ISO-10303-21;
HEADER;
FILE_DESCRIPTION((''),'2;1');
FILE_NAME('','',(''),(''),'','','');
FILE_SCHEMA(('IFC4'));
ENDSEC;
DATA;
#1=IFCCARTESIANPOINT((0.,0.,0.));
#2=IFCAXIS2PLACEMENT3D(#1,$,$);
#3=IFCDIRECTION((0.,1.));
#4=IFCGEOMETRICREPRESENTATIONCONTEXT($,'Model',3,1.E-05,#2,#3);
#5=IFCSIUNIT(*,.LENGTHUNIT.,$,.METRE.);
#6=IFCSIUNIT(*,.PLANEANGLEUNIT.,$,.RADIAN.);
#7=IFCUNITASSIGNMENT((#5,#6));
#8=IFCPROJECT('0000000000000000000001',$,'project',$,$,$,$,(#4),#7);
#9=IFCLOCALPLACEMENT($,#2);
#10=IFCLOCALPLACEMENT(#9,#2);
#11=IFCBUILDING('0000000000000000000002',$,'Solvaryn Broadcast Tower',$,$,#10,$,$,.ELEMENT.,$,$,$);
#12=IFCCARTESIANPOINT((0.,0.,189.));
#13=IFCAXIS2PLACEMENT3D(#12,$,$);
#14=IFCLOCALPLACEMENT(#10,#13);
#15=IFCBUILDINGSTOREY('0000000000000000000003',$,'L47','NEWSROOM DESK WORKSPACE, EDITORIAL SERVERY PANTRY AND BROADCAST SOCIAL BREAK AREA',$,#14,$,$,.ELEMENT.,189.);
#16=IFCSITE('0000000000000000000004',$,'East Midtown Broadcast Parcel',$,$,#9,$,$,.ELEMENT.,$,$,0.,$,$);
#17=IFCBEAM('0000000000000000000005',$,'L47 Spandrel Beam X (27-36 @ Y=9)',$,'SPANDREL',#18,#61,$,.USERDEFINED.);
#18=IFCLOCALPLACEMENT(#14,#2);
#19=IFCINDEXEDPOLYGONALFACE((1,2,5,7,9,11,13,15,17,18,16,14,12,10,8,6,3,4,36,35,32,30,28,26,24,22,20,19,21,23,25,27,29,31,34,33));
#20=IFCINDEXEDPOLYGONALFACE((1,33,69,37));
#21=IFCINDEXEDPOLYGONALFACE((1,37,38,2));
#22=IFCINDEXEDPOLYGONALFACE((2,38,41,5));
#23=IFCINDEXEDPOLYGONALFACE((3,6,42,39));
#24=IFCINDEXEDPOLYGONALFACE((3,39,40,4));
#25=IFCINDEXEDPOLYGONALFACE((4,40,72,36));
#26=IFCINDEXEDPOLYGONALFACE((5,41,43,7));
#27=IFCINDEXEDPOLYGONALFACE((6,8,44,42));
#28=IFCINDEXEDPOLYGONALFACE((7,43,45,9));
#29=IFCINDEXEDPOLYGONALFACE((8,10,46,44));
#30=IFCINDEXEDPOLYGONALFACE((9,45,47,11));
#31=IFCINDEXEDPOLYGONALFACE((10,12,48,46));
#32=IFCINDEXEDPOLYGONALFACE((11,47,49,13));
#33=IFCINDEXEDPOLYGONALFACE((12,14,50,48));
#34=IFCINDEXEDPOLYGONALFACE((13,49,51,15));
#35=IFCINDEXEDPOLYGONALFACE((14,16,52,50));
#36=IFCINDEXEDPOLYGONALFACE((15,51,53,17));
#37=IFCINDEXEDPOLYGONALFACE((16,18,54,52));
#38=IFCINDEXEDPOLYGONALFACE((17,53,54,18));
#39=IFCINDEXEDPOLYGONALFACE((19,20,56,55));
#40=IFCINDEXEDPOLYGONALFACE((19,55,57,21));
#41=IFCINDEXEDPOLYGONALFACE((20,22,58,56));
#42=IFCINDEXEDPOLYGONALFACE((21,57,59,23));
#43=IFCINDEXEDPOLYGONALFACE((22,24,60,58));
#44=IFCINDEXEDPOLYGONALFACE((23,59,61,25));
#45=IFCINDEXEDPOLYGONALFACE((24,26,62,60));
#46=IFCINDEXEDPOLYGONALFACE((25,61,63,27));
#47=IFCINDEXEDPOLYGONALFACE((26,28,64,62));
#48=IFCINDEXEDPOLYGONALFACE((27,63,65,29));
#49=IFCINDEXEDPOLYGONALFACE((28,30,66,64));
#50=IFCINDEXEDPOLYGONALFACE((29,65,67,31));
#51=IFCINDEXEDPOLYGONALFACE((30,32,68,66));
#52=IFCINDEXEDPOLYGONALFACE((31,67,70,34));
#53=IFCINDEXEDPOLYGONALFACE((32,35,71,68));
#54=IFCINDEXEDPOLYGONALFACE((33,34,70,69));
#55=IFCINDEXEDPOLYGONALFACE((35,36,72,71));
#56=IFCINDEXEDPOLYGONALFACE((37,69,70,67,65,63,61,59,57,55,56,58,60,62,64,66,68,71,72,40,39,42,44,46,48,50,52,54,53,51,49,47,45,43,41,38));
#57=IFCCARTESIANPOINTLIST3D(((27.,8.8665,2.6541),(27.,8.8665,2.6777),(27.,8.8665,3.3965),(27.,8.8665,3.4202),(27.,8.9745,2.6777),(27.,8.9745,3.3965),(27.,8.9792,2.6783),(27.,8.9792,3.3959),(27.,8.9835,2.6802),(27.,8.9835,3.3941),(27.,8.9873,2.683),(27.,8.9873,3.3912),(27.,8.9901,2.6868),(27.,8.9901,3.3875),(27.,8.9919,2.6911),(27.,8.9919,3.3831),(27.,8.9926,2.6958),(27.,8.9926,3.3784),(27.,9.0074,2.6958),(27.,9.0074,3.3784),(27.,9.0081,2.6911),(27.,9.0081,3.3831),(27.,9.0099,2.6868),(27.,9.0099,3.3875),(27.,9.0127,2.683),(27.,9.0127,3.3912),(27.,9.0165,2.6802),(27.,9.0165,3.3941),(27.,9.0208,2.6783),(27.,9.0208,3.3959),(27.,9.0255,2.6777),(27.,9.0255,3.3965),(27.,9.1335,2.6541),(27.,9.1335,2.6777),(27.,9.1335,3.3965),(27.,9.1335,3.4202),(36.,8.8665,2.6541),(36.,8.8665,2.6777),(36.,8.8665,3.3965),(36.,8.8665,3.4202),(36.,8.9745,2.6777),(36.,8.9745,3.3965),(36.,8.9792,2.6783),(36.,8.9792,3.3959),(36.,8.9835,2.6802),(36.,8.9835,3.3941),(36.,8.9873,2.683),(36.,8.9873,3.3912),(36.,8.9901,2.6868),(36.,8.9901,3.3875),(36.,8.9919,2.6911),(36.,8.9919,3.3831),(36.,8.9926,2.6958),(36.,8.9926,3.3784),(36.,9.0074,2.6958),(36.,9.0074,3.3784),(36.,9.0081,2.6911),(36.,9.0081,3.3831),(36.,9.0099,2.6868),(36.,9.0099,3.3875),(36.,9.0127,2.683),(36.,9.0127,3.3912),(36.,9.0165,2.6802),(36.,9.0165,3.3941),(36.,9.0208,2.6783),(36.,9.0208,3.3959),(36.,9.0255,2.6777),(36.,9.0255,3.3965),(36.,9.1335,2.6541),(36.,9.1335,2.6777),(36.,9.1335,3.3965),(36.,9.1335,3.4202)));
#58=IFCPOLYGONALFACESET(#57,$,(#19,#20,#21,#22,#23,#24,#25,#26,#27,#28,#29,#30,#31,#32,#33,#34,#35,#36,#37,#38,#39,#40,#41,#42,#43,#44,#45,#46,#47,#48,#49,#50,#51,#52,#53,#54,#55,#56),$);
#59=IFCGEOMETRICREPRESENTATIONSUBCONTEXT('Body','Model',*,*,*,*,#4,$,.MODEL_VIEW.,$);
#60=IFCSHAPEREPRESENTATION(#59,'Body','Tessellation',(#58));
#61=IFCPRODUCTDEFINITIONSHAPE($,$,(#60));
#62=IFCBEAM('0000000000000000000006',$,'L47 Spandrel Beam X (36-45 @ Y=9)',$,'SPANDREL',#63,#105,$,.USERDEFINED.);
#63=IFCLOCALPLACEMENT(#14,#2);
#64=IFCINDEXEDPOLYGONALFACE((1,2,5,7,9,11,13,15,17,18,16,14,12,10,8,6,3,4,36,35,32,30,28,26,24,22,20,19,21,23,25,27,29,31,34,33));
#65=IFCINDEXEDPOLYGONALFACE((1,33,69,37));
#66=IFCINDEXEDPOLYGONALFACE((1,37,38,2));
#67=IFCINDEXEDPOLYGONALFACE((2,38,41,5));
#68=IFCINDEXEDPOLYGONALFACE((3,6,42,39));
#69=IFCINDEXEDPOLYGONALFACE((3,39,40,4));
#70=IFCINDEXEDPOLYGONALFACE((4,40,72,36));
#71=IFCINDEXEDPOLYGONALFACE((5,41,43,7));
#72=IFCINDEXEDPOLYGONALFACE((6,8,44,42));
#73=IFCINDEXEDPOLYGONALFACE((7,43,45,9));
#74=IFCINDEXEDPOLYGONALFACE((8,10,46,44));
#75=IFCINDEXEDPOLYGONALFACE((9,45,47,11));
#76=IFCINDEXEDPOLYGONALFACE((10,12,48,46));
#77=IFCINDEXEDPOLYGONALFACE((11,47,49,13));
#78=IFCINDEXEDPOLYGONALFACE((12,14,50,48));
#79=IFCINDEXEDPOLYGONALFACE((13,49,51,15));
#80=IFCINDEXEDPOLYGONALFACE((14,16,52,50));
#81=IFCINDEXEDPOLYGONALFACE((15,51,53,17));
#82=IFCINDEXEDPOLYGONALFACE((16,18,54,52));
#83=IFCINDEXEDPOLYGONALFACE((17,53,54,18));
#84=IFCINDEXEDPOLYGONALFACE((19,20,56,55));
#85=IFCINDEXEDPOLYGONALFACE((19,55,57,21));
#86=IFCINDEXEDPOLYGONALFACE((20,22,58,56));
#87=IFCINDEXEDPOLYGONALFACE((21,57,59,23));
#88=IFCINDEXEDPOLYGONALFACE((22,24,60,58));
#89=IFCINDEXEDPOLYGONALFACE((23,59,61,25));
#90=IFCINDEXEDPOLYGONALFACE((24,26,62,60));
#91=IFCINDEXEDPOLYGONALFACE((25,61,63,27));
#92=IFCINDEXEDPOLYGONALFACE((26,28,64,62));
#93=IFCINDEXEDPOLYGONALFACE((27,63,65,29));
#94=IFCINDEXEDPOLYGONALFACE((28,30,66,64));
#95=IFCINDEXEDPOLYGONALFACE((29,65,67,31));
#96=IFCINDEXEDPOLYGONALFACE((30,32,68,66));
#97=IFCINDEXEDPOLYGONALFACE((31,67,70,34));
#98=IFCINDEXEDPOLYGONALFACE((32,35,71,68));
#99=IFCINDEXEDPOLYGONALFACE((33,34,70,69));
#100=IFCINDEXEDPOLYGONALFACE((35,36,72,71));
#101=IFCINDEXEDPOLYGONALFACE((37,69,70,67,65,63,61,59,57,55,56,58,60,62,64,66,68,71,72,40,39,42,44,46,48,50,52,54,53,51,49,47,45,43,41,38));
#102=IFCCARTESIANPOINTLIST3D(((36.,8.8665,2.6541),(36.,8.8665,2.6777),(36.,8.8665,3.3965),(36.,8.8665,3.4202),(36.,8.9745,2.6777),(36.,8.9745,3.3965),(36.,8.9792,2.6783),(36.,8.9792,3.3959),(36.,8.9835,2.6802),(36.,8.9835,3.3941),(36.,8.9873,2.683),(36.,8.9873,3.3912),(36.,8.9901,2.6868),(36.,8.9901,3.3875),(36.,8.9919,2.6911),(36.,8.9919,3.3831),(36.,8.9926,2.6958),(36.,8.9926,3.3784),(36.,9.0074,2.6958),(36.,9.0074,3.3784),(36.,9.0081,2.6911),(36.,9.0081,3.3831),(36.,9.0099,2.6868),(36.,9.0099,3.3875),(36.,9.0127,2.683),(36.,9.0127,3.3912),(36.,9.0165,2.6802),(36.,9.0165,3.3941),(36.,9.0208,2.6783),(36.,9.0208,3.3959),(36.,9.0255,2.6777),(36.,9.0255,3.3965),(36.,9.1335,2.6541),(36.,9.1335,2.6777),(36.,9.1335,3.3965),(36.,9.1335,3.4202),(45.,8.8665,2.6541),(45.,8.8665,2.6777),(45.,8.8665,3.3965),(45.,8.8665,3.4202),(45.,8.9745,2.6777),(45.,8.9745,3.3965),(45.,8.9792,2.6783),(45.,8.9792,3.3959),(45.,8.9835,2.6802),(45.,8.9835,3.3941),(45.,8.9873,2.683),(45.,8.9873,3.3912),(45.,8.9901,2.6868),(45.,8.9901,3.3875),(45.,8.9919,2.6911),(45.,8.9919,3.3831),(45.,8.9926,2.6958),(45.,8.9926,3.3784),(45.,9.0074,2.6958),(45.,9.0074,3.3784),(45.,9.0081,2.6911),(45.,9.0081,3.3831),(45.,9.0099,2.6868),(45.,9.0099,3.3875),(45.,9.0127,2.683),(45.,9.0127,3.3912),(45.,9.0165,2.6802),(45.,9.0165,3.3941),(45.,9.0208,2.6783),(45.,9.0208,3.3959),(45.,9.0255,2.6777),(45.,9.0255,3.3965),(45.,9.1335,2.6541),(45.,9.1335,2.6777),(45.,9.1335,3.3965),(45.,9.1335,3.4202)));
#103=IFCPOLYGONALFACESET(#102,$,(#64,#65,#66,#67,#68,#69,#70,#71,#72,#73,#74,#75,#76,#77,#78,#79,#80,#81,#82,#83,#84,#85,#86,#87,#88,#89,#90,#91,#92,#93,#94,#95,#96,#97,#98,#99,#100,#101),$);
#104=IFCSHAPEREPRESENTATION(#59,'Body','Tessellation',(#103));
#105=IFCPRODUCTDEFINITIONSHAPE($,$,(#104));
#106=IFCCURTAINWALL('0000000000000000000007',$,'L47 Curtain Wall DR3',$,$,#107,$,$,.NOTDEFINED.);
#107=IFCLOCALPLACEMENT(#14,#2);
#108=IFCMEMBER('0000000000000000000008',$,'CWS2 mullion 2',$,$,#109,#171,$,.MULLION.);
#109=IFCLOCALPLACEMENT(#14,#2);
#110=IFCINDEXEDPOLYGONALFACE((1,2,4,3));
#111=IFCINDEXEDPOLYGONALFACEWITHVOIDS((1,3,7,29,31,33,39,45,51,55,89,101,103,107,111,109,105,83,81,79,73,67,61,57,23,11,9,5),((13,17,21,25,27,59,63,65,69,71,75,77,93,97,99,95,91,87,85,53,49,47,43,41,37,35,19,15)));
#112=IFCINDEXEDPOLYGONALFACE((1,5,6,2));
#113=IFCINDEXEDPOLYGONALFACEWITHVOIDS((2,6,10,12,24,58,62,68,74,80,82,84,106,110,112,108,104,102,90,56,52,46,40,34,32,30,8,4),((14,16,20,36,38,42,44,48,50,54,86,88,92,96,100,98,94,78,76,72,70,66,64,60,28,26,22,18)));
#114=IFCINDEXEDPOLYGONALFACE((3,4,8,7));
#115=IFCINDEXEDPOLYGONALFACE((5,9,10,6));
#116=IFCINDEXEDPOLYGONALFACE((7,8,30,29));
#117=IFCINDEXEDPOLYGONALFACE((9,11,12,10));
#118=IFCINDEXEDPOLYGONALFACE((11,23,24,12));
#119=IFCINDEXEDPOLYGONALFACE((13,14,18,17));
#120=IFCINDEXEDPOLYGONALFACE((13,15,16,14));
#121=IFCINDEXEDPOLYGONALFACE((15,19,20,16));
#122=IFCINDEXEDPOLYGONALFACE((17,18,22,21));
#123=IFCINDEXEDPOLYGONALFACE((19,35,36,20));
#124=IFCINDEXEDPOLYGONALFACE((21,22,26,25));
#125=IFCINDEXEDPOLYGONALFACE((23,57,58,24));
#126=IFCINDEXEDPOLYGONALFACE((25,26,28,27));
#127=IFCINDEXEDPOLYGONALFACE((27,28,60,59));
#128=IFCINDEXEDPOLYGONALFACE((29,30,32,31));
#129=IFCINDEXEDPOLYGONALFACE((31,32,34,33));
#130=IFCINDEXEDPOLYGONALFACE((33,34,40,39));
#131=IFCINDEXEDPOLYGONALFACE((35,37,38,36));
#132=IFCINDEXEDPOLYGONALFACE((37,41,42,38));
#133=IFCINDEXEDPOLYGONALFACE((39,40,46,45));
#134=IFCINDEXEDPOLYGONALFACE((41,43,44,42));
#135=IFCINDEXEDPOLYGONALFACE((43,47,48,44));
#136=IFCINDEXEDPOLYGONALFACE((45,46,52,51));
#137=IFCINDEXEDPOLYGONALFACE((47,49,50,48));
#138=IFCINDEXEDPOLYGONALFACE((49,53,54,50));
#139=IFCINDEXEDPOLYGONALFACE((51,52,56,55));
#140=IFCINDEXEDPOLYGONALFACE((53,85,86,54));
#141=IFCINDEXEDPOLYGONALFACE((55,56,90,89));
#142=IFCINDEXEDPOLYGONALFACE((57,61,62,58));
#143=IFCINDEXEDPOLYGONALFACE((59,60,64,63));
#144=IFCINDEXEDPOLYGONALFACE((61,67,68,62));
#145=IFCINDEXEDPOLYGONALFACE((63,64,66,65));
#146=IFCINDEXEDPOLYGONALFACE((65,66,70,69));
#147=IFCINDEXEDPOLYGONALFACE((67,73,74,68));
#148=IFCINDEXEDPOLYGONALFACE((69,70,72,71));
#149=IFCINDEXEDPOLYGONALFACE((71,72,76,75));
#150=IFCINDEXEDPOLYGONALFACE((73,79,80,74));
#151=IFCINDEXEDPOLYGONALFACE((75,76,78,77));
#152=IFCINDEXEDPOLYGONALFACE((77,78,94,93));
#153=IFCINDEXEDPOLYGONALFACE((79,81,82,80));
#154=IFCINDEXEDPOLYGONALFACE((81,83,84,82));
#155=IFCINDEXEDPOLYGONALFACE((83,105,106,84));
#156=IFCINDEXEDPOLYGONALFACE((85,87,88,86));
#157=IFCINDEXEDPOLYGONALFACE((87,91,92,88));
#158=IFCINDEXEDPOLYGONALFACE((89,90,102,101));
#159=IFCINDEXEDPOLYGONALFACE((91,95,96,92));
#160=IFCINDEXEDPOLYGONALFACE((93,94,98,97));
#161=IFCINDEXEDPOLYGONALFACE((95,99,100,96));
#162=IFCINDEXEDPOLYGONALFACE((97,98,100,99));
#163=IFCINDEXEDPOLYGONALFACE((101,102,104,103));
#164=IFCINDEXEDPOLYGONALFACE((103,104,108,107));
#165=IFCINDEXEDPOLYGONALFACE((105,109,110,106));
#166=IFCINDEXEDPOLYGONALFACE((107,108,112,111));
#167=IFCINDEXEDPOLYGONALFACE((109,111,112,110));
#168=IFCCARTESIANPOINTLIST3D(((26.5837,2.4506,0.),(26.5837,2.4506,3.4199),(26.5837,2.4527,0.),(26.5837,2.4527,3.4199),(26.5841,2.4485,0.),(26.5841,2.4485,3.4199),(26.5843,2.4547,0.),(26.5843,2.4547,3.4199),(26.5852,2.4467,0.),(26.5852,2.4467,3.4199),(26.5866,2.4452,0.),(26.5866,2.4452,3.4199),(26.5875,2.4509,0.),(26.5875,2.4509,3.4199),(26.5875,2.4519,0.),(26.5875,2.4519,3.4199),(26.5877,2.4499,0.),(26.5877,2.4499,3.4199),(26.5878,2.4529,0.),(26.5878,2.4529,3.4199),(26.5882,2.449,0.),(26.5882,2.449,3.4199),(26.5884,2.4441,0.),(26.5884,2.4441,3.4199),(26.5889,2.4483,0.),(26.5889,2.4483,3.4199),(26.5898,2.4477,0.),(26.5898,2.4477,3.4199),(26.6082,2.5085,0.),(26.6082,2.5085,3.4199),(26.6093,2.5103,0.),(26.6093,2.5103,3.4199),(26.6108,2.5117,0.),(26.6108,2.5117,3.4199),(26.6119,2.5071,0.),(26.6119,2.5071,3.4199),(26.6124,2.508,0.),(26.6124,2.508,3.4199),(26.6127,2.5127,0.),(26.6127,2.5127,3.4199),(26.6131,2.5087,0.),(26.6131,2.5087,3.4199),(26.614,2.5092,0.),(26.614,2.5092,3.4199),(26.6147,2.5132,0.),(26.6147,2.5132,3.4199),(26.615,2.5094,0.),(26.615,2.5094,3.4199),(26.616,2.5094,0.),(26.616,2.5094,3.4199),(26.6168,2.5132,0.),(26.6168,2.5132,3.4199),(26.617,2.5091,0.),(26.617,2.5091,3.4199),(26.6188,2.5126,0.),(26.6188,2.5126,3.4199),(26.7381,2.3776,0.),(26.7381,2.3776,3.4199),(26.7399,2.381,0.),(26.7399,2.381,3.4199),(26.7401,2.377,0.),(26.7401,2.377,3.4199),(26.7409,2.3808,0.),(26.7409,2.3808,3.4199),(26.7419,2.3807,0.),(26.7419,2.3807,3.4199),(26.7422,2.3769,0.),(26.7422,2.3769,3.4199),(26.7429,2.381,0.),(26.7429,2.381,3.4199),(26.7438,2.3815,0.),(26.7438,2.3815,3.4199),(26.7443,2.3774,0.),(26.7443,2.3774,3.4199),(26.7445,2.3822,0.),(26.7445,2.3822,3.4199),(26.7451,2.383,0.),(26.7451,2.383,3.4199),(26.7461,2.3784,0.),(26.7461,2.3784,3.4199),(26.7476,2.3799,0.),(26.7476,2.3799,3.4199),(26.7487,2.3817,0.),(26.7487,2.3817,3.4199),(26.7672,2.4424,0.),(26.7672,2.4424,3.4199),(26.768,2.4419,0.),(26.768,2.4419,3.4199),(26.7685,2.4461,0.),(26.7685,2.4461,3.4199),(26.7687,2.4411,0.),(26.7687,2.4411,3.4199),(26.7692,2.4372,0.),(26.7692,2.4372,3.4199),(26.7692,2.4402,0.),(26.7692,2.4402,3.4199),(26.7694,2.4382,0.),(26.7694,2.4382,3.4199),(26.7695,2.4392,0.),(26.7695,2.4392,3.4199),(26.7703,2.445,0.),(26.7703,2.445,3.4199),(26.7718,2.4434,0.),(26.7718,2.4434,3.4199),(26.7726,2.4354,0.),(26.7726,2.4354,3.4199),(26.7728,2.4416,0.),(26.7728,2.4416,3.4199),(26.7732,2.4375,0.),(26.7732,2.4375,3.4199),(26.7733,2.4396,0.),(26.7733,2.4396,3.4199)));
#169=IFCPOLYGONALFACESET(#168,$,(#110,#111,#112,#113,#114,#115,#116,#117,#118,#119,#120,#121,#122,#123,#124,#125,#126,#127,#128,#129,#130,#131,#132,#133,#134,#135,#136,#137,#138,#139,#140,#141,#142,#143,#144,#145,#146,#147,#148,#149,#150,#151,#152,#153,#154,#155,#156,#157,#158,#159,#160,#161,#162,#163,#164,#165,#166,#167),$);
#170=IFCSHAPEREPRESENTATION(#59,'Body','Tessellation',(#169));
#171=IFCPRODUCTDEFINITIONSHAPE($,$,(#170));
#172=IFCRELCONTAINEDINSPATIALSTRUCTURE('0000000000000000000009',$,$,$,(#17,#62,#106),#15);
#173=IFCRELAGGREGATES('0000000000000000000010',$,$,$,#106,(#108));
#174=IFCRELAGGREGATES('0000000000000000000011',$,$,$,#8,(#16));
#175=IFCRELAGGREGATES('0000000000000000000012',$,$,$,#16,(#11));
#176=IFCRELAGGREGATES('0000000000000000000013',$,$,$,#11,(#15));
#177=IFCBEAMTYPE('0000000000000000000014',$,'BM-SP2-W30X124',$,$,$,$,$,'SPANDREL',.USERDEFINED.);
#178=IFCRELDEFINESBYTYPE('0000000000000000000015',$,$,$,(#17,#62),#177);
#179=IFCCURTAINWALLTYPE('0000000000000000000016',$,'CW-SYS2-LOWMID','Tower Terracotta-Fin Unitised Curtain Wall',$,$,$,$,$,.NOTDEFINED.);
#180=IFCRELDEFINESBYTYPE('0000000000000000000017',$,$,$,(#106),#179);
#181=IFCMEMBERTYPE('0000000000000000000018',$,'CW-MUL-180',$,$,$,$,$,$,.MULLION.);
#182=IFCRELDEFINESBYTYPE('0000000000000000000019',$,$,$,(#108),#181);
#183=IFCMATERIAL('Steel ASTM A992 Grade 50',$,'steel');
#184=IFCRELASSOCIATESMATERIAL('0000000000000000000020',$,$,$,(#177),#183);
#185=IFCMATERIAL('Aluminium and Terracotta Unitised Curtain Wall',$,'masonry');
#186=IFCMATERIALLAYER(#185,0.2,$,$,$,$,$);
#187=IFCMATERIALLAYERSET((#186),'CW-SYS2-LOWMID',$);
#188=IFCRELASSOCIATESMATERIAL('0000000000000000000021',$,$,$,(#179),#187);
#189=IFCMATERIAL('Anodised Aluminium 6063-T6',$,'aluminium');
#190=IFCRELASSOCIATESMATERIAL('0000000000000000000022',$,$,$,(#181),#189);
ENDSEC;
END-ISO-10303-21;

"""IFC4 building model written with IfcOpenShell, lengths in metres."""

from ifc_helpers import new_model, si_unit, direction, frame, origin, origin_2d, place, context, subcontext, project, spatial, hollow_rectangle, i_section, extrude, material, layer, layer_set, material_profile, profile_set, type_object, element, aggregate, save


model = new_model("IFC4")

# Units and contexts
model_context = context("Model", 3, precision=1e-05, world=origin(), true_north=direction((0.0, 1.0)))
body_context = subcontext(model_context, "Body", "Model", "MODEL_VIEW")
ifc_project = project(units=[si_unit("LENGTHUNIT", "METRE"), si_unit("PLANEANGLEUNIT", "RADIAN")], contexts=[model_context])

# Site, building, storey
site_placement = place(None, origin())
site = spatial("IfcSite", under=ifc_project, at=site_placement, Name="East Midtown Broadcast Parcel", CompositionType="ELEMENT", RefElevation=0.0)
building_placement = place(site_placement, origin())
building = spatial("IfcBuilding", under=site, at=building_placement, Name="Solvaryn Broadcast Tower", CompositionType="ELEMENT")
storey_placement = place(building_placement, frame((0.0, 0.0, 189.0)))
storey = spatial("IfcBuildingStorey", under=building, at=storey_placement, Name="L47", Description="NEWSROOM DESK WORKSPACE, EDITORIAL SERVERY PANTRY AND BROADCAST SOCIAL BREAK AREA", CompositionType="ELEMENT", Elevation=189.0)

# Beams
ifc_material_1 = material(Name="Steel ASTM A992 Grade 50", Category="steel")
ifc_material_profile_1 = material_profile(ifc_material_1, i_section(OverallWidth=0.2671, OverallDepth=0.7661, WebThickness=0.0149, FlangeThickness=0.0237, FilletRadius=0.0181, at=origin_2d()))
ifc_profile_set_1 = profile_set([ifc_material_profile_1], Name="Steel ASTM A992 Grade 50")
beam_type_1 = type_object("IfcBeamType", Name="BM-SP2-W30X124", ElementType="SPANDREL", PredefinedType="USERDEFINED", material=ifc_profile_set_1)
for number, where, z_axis, x_axis, name in (
    (1, (27.0, 9.0, 3.0371), (1.0, 0.0, 0.0), (0.0, 1.0, 0.0), "L47 Spandrel Beam X (27-36 @ Y=9)"),
    (2, (36.0, 9.0, 3.0371), (1.0, 0.0, 0.0), (0.0, 1.0, 0.0), "L47 Spandrel Beam X (36-45 @ Y=9)"),
):
    element("IfcBeam", number, at=place(storey_placement, frame(where, z_axis=z_axis, x_axis=x_axis)), inside=storey, type_object=beam_type_1, Name=name, ObjectType="SPANDREL", PredefinedType="USERDEFINED", context=body_context, shape_type="SweptSolid", body=[
        extrude(i_section(OverallWidth=0.2671, OverallDepth=0.7661, WebThickness=0.0149, FlangeThickness=0.0237, FilletRadius=0.0181, at=origin_2d()), origin(), (0.0, 0.0, 1.0), 9.0),
    ])

# Curtain wall, member
ifc_material_2 = material(Name="Aluminium and Terracotta Unitised Curtain Wall", Category="masonry")
ifc_layer_1 = layer(ifc_material_2, 0.2)
ifc_layer_set_1 = layer_set([ifc_layer_1], Name="CW-SYS2-LOWMID")
curtain_wall_type = type_object("IfcCurtainWallType", Name="CW-SYS2-LOWMID", Description="Tower Terracotta-Fin Unitised Curtain Wall", PredefinedType="NOTDEFINED", material=ifc_layer_set_1)
curtain_wall_1_placement = place(storey_placement, origin())
curtain_wall_1 = element("IfcCurtainWall", 3, at=curtain_wall_1_placement, inside=storey, type_object=curtain_wall_type, Name="L47 Curtain Wall DR3", PredefinedType="NOTDEFINED")
ifc_material_3 = material(Name="Anodised Aluminium 6063-T6", Category="aluminium")
ifc_material_profile_2 = material_profile(ifc_material_3, hollow_rectangle(XDim=0.075, YDim=0.1799, WallThickness=0.0039, InnerFilletRadius=0.0039, OuterFilletRadius=0.0081, at=origin_2d()))
ifc_profile_set_2 = profile_set([ifc_material_profile_2], Name="Anodised Aluminium 6063-T6")
member_type_1 = type_object("IfcMemberType", Name="CW-MUL-180", PredefinedType="MULLION", material=ifc_profile_set_2)
member_1_placement = place(storey_placement, frame((26.6785, 2.4451, 0.0), z_axis=(0.0, 0.0, 1.0), x_axis=(0.405901, 0.913917, 0.0)))
member_1 = element("IfcMember", 4, at=member_1_placement, type_object=member_type_1, Name="CWS2 mullion 2", PredefinedType="MULLION", context=body_context, shape_type="SweptSolid", body=[
    extrude(hollow_rectangle(XDim=0.075, YDim=0.1799, WallThickness=0.0039, InnerFilletRadius=0.0039, OuterFilletRadius=0.0081, at=origin_2d()), origin(), (0.0, 0.0, 1.0), 3.4199),
])
aggregate(curtain_wall_1, [member_1])

save(model, "model.ifc")
